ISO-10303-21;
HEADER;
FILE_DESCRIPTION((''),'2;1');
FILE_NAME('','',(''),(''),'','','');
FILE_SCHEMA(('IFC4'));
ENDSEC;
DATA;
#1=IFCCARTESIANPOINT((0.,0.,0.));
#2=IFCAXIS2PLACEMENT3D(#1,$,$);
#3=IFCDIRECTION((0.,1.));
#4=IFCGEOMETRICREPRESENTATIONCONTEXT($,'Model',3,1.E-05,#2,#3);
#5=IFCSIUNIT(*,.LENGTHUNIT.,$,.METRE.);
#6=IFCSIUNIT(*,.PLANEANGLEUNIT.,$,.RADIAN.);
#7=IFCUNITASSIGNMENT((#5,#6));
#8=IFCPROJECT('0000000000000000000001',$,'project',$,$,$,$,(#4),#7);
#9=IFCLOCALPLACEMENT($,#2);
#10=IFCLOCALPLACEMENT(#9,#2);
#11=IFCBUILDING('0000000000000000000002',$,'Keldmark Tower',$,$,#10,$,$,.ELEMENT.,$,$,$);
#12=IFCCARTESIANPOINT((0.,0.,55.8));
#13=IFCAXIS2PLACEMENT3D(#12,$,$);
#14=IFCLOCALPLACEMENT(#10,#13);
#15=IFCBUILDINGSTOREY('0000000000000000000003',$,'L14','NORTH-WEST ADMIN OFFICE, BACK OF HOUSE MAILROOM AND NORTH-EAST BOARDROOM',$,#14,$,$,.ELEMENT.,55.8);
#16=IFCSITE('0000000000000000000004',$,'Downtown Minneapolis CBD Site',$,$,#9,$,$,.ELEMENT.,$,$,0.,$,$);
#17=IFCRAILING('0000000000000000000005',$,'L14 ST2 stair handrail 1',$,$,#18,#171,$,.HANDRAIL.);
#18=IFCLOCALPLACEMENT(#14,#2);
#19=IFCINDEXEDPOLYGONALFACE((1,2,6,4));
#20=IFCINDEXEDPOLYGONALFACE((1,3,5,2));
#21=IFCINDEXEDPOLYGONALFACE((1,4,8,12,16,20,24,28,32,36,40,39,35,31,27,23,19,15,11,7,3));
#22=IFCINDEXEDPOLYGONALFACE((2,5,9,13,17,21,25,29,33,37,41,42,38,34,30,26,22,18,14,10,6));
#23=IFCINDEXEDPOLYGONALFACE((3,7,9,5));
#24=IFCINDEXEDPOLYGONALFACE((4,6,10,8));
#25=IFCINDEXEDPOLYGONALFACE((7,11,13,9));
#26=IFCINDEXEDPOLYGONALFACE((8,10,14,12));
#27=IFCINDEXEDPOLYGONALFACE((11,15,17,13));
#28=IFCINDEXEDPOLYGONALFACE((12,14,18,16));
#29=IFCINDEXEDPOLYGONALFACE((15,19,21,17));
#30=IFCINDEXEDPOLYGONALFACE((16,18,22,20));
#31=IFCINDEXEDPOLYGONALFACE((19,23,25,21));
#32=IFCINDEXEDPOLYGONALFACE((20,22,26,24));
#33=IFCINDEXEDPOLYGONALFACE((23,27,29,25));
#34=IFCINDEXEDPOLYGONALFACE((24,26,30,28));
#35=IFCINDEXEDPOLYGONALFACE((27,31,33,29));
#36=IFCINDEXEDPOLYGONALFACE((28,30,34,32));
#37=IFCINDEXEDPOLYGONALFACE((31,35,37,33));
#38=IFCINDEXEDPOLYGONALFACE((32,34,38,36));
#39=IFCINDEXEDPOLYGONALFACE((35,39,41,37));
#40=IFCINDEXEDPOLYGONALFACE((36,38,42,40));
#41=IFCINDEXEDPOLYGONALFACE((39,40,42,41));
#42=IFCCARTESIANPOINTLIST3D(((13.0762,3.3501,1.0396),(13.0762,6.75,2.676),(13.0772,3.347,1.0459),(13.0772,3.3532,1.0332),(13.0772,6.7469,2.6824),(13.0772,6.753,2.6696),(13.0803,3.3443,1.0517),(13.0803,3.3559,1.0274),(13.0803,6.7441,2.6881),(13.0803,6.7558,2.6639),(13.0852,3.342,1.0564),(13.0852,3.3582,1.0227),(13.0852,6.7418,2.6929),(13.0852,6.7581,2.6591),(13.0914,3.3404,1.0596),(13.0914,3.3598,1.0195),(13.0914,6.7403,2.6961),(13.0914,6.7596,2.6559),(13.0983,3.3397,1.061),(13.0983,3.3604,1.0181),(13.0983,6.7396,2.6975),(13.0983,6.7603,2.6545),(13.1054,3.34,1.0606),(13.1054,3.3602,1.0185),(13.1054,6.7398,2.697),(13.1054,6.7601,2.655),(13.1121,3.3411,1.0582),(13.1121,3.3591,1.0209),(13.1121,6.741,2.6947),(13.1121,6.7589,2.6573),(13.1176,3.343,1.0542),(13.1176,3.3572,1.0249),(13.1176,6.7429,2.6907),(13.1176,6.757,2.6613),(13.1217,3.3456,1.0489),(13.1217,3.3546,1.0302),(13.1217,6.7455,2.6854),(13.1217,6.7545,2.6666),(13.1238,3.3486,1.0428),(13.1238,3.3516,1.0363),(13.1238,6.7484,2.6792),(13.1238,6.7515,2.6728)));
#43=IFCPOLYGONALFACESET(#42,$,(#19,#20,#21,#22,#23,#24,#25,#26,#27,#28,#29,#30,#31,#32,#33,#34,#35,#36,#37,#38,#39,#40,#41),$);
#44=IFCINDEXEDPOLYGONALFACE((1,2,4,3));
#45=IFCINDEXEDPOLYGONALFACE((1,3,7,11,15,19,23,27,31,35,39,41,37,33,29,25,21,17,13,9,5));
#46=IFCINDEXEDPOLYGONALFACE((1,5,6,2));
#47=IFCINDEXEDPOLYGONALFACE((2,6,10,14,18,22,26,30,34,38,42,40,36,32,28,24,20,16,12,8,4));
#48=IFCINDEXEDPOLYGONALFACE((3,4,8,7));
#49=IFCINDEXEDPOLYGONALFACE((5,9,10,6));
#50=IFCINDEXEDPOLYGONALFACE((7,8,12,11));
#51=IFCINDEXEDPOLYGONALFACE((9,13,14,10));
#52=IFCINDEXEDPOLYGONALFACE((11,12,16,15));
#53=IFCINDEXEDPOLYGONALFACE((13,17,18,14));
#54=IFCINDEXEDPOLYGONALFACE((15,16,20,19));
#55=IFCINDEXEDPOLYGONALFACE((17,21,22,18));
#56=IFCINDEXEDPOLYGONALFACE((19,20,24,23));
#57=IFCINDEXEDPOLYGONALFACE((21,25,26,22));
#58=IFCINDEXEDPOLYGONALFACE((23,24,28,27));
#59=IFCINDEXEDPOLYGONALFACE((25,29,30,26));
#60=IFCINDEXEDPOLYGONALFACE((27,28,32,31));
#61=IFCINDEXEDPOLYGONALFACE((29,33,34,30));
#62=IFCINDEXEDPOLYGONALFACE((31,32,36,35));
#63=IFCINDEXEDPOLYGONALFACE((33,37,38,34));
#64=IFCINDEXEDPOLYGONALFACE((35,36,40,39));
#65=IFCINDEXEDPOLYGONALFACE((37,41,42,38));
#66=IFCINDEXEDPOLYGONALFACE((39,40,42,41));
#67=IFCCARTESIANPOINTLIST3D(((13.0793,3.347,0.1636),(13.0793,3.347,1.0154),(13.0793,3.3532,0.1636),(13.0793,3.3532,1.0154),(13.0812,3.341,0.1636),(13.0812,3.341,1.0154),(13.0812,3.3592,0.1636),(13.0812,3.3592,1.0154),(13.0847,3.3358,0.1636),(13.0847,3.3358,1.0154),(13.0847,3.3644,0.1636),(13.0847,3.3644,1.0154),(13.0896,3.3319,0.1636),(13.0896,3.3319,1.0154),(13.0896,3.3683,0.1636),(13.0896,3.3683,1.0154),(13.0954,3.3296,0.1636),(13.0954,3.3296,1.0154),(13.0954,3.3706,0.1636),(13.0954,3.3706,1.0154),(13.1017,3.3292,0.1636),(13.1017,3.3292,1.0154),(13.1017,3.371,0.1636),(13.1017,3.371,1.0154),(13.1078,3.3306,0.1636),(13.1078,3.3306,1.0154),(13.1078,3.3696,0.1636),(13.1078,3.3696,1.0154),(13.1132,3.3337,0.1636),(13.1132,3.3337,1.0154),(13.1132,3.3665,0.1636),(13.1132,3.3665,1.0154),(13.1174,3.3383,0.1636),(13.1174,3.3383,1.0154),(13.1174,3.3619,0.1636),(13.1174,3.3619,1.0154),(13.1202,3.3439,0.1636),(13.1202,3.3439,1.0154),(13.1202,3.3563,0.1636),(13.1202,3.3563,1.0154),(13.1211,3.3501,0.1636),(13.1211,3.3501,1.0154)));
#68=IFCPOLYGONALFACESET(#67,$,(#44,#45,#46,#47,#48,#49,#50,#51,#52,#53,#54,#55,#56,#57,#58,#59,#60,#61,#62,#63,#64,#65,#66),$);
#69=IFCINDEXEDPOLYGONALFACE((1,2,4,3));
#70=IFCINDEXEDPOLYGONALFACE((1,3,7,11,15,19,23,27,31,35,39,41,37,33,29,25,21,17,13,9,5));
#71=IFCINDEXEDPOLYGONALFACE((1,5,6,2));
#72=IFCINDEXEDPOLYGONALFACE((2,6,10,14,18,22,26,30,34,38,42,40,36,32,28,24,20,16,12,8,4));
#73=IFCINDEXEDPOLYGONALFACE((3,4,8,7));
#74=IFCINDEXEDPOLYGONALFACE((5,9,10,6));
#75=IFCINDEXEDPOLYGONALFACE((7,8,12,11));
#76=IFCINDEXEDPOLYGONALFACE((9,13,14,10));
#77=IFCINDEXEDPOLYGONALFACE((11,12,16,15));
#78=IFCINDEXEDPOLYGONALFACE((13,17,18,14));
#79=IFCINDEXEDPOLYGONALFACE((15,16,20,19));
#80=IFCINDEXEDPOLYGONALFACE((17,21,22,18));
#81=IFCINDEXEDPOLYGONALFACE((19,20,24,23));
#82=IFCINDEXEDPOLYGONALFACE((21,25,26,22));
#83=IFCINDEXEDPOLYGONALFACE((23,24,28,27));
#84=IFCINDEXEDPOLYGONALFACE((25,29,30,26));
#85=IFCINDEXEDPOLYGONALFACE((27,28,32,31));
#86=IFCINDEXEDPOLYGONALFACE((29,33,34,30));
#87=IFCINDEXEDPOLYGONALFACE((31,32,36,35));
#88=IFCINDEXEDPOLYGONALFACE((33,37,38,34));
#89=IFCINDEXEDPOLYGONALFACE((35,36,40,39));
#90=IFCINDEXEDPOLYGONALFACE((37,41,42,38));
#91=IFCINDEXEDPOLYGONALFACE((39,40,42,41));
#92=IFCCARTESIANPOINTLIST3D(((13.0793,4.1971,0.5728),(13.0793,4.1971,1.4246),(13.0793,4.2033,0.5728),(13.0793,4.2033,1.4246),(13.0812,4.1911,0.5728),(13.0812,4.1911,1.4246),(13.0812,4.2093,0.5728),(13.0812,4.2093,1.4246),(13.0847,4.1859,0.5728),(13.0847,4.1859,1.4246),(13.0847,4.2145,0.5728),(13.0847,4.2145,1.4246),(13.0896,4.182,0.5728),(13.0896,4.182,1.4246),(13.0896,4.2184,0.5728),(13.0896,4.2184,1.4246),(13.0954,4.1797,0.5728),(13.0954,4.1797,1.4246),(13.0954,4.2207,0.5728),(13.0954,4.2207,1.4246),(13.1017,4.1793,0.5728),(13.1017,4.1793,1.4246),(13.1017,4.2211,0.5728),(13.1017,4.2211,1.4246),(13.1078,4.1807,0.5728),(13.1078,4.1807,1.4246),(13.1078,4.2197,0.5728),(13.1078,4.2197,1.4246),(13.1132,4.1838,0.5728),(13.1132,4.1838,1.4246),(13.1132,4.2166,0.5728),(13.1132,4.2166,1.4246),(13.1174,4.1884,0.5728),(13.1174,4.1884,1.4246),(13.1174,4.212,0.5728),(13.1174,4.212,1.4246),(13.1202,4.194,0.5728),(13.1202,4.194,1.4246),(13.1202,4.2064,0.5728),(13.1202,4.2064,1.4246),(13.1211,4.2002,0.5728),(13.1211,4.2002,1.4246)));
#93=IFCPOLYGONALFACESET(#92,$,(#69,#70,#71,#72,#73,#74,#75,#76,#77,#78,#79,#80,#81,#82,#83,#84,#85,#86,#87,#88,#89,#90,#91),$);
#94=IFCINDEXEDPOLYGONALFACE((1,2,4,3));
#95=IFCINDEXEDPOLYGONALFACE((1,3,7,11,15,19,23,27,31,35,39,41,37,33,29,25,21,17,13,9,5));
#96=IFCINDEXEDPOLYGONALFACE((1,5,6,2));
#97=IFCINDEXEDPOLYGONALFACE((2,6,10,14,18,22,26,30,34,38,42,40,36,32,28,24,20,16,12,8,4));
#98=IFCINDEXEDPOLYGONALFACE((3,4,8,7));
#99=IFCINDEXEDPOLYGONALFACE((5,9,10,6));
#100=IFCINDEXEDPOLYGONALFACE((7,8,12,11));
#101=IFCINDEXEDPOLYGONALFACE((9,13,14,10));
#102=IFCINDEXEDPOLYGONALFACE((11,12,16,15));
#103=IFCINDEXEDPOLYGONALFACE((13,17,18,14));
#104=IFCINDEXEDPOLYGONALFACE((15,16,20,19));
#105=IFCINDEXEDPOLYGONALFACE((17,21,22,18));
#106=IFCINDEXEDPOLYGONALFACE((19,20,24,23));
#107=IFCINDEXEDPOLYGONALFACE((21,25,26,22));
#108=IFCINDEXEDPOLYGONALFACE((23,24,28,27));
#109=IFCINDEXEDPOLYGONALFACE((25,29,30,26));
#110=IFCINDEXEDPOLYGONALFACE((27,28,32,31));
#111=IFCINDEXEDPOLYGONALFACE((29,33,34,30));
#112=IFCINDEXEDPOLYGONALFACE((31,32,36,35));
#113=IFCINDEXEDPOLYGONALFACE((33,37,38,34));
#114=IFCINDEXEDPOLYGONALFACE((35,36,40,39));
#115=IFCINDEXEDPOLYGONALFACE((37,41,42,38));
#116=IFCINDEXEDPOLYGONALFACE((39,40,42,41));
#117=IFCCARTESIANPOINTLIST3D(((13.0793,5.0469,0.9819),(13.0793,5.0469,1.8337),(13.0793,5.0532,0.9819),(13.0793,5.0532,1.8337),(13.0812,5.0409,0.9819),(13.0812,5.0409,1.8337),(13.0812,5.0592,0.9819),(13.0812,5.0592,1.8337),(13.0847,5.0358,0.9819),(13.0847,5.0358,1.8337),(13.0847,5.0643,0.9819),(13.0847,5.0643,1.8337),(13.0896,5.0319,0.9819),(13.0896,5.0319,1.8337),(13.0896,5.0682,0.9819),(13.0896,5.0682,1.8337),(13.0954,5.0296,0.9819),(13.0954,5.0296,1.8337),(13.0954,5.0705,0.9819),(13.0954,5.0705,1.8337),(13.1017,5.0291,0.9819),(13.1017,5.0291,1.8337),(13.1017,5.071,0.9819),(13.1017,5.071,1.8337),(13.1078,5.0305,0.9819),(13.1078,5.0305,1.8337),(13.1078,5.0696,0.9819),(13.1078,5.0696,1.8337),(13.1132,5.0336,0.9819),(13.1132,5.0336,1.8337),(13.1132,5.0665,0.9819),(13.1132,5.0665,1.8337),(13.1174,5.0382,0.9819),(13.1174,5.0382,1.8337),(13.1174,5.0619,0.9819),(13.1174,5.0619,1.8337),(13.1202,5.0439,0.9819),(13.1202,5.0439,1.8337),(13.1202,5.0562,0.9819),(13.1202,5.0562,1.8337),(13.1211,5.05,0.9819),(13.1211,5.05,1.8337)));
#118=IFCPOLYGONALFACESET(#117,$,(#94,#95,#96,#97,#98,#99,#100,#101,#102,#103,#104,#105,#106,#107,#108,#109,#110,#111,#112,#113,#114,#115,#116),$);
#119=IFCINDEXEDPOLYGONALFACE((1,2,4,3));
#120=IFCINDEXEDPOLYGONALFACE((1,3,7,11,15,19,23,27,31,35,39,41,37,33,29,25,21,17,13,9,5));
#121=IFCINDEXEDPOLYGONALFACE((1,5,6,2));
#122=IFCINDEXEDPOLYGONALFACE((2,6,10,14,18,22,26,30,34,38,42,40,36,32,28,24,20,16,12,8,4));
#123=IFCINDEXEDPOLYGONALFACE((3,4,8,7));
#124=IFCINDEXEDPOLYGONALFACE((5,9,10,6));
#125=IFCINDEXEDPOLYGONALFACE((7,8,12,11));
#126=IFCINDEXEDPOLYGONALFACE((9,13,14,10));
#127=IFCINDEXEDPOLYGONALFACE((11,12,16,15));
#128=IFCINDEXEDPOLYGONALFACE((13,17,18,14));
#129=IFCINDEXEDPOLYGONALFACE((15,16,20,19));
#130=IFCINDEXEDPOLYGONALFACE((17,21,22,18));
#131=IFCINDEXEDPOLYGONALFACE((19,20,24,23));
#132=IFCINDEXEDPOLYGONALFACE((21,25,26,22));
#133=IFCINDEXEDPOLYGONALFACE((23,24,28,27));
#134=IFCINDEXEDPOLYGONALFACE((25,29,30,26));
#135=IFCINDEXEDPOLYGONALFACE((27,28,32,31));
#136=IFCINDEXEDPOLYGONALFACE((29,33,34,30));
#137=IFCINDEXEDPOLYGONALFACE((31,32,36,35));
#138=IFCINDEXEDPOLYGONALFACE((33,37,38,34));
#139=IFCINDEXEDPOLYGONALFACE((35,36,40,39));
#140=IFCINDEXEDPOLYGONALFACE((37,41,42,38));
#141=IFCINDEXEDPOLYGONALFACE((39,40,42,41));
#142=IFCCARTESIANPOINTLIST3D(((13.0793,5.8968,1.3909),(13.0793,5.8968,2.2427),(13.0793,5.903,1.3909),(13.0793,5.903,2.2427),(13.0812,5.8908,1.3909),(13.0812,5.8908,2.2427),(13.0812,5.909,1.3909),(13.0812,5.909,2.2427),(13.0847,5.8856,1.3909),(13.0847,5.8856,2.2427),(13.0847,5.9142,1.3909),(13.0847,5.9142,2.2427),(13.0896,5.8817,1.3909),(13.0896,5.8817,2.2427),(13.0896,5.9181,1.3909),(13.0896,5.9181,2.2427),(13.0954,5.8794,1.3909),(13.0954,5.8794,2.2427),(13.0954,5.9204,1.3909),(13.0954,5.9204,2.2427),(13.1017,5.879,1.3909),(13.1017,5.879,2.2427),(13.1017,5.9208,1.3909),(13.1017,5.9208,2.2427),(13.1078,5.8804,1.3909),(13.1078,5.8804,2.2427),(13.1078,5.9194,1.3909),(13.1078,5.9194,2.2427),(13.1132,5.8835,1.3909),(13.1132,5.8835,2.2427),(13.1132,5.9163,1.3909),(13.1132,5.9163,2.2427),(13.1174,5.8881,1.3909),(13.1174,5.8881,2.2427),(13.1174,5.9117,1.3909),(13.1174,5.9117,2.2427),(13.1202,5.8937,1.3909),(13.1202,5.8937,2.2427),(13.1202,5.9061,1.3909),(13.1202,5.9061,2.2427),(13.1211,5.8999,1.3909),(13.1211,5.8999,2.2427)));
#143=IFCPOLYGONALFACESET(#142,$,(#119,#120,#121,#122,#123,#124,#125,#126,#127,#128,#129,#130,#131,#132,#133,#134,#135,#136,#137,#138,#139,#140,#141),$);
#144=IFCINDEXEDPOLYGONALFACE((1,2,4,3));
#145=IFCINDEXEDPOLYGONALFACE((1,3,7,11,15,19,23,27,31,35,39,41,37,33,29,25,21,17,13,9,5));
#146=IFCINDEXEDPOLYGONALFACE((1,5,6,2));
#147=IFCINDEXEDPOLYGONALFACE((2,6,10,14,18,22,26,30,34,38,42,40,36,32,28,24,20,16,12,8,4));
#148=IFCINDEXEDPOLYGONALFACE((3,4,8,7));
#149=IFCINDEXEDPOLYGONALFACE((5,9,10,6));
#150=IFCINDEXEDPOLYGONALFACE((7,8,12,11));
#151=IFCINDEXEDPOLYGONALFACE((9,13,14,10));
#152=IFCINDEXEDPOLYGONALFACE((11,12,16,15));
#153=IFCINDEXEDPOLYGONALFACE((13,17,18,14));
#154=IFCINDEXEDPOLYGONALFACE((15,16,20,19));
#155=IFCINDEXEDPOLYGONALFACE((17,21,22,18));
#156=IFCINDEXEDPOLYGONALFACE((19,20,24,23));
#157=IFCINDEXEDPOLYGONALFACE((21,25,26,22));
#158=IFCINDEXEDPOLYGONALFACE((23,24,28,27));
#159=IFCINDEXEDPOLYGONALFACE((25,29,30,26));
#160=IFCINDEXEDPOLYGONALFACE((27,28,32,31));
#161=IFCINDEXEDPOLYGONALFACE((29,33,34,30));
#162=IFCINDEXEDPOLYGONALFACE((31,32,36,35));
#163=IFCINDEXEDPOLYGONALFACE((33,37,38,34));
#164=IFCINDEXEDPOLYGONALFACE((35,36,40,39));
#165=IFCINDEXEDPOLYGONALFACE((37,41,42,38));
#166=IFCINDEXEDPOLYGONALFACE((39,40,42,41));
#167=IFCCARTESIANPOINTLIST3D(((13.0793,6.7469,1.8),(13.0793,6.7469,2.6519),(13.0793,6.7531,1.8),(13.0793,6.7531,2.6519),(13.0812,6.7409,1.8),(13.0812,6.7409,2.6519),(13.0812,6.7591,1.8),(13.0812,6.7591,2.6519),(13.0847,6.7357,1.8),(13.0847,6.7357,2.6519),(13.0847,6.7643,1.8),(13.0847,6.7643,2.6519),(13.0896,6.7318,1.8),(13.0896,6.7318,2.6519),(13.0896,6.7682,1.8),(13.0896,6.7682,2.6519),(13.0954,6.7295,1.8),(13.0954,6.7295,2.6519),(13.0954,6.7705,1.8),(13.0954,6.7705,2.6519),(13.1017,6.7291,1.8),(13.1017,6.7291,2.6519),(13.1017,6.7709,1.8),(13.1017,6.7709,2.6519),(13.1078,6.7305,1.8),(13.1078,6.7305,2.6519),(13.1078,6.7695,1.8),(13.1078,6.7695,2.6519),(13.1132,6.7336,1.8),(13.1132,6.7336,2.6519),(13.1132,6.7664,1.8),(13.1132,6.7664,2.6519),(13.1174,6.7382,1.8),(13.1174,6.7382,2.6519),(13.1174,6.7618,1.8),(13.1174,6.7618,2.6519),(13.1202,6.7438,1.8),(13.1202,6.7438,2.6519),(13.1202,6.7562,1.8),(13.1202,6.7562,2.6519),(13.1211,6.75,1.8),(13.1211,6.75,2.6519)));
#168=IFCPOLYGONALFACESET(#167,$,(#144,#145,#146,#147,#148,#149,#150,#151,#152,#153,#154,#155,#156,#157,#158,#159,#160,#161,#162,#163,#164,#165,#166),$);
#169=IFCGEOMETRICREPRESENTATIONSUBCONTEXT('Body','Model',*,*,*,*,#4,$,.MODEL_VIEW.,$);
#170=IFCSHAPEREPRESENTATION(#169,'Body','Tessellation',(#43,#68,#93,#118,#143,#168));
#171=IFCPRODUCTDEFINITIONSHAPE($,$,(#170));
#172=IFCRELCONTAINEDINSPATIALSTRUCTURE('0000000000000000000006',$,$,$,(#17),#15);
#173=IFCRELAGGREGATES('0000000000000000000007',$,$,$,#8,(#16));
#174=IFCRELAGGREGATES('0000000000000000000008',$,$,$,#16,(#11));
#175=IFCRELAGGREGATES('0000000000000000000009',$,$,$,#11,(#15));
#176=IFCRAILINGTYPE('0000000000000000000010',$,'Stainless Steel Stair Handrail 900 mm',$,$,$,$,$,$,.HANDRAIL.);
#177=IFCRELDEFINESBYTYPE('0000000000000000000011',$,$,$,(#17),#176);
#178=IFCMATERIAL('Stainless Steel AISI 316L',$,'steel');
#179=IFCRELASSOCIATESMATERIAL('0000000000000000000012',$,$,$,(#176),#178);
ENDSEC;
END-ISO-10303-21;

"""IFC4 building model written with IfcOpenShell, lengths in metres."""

from ifc_helpers import new_model, si_unit, direction, frame, origin, origin_2d, place, context, subcontext, project, spatial, circle, extrude, material, type_object, element, save


model = new_model("IFC4")

# Units and contexts
model_context = context("Model", 3, precision=1e-05, world=origin(), true_north=direction((0.0, 1.0)))
body_context = subcontext(model_context, "Body", "Model", "MODEL_VIEW")
ifc_project = project(units=[si_unit("LENGTHUNIT", "METRE"), si_unit("PLANEANGLEUNIT", "RADIAN")], contexts=[model_context])

# Site, building, storey
site_placement = place(None, origin())
site = spatial("IfcSite", under=ifc_project, at=site_placement, Name="Downtown Minneapolis CBD Site", CompositionType="ELEMENT", RefElevation=0.0)
building_placement = place(site_placement, origin())
building = spatial("IfcBuilding", under=site, at=building_placement, Name="Keldmark Tower", CompositionType="ELEMENT")
storey_placement = place(building_placement, frame((0.0, 0.0, 55.8)))
storey = spatial("IfcBuildingStorey", under=building, at=storey_placement, Name="L14", Description="NORTH-WEST ADMIN OFFICE, BACK OF HOUSE MAILROOM AND NORTH-EAST BOARDROOM", CompositionType="ELEMENT", Elevation=55.8)

# Railing
ifc_material_1 = material(Name="Stainless Steel AISI 316L", Category="steel")
railing_type_1 = type_object("IfcRailingType", Name="Stainless Steel Stair Handrail 900 mm", PredefinedType="HANDRAIL", material=ifc_material_1)
railing_1_placement = place(storey_placement, frame((13.1001, 3.3501, 0.1636)))
element("IfcRailing", 1, at=railing_1_placement, inside=storey, type_object=railing_type_1, Name="L14 ST2 stair handrail 1", PredefinedType="HANDRAIL", context=body_context, shape_type="SweptSolid", body=[
    extrude(circle(Radius=0.0239, at=origin_2d()), frame((0.0, 0.0, 0.876), z_axis=(0.0, 0.901055, 0.433705), x_axis=(-1.0, 0.0, 0.0)), (0.0, 0.0, 1.0), 3.7732),
    extrude(circle(Radius=0.021, at=origin_2d()), origin(), (0.0, 0.0, 1.0), 0.8518),
    extrude(circle(Radius=0.021, at=origin_2d()), frame((0.0, 0.8501, 0.4092)), (0.0, 0.0, 1.0), 0.8518),
    extrude(circle(Radius=0.021, at=origin_2d()), frame((0.0, 1.7, 0.8184)), (0.0, 0.0, 1.0), 0.8518),
    extrude(circle(Radius=0.021, at=origin_2d()), frame((0.0, 2.5498, 1.2273)), (0.0, 0.0, 1.0), 0.8518),
    extrude(circle(Radius=0.021, at=origin_2d()), frame((0.0, 3.3999, 1.6365)), (0.0, 0.0, 1.0), 0.8518),
])

save(model, "model.ifc")
